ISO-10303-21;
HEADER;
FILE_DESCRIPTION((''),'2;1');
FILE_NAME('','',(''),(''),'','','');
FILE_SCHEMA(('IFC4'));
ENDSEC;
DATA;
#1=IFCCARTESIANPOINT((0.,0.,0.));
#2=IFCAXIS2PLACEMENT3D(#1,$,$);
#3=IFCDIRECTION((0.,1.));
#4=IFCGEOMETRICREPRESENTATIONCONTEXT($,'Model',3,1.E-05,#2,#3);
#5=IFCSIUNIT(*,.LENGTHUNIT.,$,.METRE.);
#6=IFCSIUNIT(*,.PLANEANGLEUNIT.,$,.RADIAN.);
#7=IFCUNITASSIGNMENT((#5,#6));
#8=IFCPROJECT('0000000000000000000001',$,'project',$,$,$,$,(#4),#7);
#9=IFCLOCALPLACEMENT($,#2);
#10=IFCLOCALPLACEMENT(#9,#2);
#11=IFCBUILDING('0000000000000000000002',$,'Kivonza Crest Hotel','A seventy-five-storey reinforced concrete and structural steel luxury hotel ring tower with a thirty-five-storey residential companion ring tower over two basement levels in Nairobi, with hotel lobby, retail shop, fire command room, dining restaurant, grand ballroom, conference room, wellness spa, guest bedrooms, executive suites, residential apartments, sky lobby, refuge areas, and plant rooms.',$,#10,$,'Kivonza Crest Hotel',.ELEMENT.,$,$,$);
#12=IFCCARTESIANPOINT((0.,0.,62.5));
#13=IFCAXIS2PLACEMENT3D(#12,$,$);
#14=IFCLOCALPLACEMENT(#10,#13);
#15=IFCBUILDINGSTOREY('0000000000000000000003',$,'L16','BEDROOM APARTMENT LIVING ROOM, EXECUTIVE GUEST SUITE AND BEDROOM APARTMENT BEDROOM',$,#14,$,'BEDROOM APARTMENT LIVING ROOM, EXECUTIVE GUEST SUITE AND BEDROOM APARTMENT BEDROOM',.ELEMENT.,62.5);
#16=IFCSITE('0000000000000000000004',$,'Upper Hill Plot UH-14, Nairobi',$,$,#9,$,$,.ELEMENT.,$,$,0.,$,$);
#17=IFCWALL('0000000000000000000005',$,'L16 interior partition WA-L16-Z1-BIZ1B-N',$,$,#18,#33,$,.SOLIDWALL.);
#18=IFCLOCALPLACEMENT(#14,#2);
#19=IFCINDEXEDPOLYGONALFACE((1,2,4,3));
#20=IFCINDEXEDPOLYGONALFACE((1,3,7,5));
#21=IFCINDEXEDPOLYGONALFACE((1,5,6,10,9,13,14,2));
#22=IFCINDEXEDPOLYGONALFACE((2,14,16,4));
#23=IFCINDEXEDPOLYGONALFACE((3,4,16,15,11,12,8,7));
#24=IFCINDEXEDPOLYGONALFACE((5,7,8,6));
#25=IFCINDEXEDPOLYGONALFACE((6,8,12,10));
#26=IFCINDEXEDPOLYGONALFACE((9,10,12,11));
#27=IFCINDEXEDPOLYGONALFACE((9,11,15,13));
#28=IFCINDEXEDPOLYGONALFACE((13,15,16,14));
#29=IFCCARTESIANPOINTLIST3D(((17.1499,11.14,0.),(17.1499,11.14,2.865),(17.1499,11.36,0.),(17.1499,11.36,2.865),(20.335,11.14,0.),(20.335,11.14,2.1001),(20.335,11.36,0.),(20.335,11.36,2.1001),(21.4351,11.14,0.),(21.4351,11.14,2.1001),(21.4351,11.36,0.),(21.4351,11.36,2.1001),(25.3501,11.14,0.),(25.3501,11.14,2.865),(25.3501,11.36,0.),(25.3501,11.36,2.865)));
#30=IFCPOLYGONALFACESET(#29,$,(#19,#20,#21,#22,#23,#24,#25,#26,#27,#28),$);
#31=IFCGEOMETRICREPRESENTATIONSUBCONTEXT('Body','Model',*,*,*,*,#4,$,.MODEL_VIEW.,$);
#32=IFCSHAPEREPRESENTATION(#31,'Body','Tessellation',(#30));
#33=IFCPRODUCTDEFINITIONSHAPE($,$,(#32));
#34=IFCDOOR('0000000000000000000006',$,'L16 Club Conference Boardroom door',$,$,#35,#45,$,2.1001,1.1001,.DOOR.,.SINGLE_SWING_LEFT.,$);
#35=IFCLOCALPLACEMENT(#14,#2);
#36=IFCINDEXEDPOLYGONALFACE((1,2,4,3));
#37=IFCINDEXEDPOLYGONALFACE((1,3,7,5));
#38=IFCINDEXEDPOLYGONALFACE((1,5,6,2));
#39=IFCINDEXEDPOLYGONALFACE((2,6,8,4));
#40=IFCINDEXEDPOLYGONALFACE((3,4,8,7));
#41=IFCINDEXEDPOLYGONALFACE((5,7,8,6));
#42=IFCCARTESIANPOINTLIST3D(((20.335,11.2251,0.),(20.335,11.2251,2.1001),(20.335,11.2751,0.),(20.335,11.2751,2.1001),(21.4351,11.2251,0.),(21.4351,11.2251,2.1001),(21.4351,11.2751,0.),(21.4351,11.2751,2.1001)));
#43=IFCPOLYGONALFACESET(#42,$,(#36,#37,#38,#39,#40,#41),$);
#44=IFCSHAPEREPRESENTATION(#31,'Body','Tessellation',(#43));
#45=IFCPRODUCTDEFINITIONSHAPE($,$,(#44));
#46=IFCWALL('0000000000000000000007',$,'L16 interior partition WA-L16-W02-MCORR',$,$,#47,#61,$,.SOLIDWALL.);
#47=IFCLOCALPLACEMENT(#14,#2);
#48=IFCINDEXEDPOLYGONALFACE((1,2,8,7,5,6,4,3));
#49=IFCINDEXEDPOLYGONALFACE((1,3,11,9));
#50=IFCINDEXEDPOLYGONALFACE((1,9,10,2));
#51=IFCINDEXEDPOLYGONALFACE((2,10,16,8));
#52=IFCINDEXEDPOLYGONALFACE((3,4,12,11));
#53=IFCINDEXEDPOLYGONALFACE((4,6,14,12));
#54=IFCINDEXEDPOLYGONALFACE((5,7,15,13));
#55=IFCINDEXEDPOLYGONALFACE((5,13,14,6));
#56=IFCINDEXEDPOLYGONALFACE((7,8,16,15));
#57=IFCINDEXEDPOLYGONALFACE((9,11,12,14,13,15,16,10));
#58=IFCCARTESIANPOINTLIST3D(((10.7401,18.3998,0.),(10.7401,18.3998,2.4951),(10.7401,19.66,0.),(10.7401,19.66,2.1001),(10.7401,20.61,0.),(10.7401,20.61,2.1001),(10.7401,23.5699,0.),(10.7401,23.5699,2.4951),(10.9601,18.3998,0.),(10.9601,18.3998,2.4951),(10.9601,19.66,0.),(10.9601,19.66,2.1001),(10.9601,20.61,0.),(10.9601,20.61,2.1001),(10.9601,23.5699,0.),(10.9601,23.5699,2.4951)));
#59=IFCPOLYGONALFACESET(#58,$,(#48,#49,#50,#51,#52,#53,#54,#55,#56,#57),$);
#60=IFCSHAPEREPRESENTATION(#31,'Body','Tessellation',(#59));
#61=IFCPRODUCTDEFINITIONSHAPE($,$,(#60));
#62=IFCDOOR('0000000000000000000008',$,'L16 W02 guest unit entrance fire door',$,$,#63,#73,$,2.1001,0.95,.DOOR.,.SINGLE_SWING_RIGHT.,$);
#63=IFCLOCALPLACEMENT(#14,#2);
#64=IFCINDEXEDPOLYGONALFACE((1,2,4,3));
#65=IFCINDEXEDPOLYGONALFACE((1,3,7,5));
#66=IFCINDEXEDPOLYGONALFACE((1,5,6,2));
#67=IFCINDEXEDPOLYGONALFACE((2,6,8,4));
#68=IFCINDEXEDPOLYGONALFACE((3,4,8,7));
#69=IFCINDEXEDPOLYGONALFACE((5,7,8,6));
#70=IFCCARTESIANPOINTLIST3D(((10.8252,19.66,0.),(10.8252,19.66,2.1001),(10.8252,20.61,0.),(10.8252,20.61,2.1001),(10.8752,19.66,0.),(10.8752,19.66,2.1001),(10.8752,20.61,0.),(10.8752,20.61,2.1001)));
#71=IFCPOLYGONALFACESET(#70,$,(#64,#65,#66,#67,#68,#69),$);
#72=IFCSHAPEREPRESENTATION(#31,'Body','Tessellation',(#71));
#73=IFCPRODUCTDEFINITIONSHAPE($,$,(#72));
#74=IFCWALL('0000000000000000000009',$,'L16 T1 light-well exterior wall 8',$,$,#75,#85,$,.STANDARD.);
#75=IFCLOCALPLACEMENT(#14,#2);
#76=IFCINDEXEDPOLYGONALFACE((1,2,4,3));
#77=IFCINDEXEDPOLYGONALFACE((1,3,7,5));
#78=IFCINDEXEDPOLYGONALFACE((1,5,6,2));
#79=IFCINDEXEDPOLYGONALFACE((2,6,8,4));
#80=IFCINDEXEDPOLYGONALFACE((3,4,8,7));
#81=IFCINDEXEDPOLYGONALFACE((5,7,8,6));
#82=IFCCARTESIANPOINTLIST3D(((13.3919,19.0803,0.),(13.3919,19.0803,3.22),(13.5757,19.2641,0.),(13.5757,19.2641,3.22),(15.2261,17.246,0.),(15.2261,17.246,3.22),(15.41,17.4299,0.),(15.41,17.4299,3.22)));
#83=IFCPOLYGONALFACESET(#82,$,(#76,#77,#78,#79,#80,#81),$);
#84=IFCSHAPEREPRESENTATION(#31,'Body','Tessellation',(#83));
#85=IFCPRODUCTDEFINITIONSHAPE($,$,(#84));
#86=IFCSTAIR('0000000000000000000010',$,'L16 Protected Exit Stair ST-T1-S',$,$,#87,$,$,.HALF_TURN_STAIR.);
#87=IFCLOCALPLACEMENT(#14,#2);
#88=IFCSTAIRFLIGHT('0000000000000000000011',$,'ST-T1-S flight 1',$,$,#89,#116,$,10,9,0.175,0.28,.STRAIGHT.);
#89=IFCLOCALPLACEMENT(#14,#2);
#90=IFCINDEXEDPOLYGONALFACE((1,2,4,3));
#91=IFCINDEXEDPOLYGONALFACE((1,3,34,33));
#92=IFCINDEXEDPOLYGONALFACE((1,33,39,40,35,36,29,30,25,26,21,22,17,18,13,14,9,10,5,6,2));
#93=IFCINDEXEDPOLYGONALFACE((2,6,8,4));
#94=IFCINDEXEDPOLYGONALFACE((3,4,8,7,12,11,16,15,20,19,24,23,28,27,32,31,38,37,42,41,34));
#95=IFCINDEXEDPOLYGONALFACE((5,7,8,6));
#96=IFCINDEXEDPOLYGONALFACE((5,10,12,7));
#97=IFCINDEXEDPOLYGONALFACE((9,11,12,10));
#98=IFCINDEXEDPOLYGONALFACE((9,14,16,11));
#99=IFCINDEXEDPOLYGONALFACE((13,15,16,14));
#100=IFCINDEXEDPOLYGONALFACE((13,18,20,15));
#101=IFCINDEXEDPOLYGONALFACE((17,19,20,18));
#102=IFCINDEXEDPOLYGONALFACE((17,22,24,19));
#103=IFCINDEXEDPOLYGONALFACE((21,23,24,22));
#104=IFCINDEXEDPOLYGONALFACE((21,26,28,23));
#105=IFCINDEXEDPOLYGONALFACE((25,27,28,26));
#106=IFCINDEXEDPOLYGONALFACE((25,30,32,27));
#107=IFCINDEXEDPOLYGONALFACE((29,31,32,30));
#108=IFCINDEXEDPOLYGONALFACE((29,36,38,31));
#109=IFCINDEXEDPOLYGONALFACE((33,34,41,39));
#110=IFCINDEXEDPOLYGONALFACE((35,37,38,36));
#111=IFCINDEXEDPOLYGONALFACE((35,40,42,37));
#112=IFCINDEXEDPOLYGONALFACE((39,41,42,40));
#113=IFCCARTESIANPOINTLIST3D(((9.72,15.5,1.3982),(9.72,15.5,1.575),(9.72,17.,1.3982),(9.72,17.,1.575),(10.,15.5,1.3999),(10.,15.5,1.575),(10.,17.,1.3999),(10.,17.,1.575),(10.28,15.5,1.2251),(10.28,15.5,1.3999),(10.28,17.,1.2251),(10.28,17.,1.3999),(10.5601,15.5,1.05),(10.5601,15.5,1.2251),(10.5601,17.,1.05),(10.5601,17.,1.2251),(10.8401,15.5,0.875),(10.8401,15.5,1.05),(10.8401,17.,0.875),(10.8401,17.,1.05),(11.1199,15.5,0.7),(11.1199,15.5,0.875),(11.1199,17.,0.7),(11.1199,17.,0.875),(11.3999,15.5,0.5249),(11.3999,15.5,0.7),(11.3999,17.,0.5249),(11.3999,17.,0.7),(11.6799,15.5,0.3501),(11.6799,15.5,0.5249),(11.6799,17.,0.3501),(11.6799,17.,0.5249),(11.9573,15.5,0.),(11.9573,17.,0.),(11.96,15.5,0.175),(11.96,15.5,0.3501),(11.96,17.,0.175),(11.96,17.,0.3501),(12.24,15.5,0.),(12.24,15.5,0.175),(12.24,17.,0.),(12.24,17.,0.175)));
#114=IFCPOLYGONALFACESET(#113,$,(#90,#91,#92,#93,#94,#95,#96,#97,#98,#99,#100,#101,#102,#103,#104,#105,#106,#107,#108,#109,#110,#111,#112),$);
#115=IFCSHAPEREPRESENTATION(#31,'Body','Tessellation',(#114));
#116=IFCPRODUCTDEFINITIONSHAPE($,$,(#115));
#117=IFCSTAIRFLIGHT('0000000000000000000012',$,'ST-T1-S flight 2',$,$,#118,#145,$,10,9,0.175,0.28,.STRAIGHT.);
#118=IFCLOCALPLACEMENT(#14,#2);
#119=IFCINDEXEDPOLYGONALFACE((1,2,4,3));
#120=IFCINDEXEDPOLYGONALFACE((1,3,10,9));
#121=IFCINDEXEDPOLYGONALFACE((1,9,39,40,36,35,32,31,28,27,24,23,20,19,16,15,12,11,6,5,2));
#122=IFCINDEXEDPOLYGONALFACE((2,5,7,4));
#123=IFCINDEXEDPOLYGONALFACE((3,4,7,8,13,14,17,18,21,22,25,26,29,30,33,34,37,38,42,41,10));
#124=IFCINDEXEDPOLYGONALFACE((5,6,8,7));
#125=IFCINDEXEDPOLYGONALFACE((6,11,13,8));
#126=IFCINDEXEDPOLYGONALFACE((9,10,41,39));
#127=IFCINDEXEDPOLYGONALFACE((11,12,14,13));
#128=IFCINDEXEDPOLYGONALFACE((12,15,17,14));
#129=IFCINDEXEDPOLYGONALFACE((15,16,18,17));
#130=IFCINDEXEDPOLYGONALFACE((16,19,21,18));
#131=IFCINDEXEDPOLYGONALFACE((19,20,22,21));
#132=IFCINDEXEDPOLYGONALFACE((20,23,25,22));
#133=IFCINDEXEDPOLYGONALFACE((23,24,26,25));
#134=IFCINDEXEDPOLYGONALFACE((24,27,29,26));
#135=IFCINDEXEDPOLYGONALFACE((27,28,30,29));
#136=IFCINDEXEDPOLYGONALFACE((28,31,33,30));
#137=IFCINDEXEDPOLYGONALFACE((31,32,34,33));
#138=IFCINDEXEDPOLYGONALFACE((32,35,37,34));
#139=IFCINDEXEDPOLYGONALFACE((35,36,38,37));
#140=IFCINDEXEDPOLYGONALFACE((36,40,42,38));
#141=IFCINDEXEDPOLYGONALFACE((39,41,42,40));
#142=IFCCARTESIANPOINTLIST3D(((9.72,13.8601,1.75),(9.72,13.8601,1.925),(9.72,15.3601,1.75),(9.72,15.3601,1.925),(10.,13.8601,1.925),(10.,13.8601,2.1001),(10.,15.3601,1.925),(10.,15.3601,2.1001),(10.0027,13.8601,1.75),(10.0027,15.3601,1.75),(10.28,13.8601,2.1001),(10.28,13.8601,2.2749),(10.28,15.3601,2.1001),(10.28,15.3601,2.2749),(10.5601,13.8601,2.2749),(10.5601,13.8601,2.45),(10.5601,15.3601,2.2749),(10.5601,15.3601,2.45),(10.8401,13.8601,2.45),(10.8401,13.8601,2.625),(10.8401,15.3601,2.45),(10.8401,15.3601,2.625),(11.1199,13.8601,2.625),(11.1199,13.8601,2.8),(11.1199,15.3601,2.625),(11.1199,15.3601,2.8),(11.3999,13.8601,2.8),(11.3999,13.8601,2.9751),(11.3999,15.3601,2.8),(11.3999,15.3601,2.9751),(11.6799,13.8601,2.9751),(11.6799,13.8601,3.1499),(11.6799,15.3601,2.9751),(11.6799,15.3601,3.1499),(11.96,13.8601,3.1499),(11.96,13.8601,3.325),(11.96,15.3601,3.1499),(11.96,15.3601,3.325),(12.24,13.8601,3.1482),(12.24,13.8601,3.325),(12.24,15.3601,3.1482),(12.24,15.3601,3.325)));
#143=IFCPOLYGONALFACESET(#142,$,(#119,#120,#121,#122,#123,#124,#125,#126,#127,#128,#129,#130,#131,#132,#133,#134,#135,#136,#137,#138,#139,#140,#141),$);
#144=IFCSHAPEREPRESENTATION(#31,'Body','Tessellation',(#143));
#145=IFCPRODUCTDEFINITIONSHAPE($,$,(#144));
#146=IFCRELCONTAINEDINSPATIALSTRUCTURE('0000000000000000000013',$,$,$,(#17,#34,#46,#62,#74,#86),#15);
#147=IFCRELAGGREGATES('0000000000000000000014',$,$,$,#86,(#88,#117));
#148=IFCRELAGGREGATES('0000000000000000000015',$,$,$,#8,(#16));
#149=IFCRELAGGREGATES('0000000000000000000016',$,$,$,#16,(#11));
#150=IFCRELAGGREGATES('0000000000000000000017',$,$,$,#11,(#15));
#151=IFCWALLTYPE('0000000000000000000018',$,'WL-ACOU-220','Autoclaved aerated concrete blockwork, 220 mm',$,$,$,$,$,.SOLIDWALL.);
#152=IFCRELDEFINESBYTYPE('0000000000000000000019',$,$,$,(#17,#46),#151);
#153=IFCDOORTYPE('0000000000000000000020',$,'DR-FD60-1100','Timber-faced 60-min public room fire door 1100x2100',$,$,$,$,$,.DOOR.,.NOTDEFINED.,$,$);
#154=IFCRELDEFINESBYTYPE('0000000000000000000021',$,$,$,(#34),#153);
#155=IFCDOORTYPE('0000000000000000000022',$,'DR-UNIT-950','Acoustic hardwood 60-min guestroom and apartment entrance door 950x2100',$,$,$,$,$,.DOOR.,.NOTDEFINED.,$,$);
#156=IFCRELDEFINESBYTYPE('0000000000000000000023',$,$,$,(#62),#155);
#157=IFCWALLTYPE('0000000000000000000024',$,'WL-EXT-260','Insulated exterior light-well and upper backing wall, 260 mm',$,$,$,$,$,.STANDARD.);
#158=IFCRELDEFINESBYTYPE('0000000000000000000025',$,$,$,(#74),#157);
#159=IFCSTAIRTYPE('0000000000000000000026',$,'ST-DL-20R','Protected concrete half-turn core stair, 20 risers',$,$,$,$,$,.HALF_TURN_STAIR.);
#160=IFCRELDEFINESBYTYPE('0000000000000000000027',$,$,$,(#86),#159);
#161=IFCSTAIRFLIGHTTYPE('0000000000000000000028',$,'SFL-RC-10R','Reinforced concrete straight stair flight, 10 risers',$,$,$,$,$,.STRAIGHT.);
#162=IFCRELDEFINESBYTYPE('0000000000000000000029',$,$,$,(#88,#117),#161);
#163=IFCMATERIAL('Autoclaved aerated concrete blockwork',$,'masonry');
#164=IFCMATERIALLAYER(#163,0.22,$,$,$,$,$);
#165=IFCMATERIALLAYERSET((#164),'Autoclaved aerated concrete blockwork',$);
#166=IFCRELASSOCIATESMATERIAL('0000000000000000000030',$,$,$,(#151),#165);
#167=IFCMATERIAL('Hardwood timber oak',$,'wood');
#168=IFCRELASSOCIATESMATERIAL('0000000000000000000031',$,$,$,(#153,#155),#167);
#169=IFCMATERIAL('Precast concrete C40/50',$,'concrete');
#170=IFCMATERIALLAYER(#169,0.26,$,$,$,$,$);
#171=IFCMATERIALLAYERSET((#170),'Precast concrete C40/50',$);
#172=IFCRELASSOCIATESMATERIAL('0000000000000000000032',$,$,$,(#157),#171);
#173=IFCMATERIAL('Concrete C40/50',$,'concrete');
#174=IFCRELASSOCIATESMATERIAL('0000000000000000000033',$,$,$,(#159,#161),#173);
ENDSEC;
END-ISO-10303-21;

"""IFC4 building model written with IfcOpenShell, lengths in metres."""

from ifc_helpers import new_model, si_unit, direction, frame, frame_2d, origin, place, context, subcontext, project, spatial, polyline, rectangle, outline, extrude, material, layer, layer_set, type_object, element, fill, aggregate, save


model = new_model("IFC4")

# Units and contexts
model_context = context("Model", 3, precision=1e-05, world=origin(), true_north=direction((0.0, 1.0)))
body_context = subcontext(model_context, "Body", "Model", "MODEL_VIEW")
ifc_project = project(units=[si_unit("LENGTHUNIT", "METRE"), si_unit("PLANEANGLEUNIT", "RADIAN")], contexts=[model_context])

# Site, building, storey
site_placement = place(None, origin())
site = spatial("IfcSite", under=ifc_project, at=site_placement, Name="Upper Hill Plot UH-14, Nairobi", CompositionType="ELEMENT", RefElevation=0.0)
building_placement = place(site_placement, origin())
building = spatial("IfcBuilding", under=site, at=building_placement, Name="Kivonza Crest Hotel", Description="A seventy-five-storey reinforced concrete and structural steel luxury hotel ring tower with a thirty-five-storey residential companion ring tower over two basement levels in Nairobi, with hotel lobby, retail shop, fire command room, dining restaurant, grand ballroom, conference room, wellness spa, guest bedrooms, executive suites, residential apartments, sky lobby, refuge areas, and plant rooms.", LongName="Kivonza Crest Hotel", CompositionType="ELEMENT")
storey_placement = place(building_placement, frame((0.0, 0.0, 62.5)))
storey = spatial("IfcBuildingStorey", under=building, at=storey_placement, Name="L16", Description="BEDROOM APARTMENT LIVING ROOM, EXECUTIVE GUEST SUITE AND BEDROOM APARTMENT BEDROOM", LongName="BEDROOM APARTMENT LIVING ROOM, EXECUTIVE GUEST SUITE AND BEDROOM APARTMENT BEDROOM", CompositionType="ELEMENT", Elevation=62.5)

# Walls, openings, doors
ifc_material_1 = material(Name="Autoclaved aerated concrete blockwork", Category="masonry")
ifc_layer_1 = layer(ifc_material_1, 0.22)
ifc_layer_set_1 = layer_set([ifc_layer_1], Name="Autoclaved aerated concrete blockwork")
wall_type_1 = type_object("IfcWallType", Name="WL-ACOU-220", Description="Autoclaved aerated concrete blockwork, 220 mm", PredefinedType="SOLIDWALL", material=ifc_layer_set_1)
wall_1_placement = place(storey_placement, frame((17.1499, 11.25, 0.0), z_axis=(0.0, 0.0, 1.0), x_axis=(1.0, 0.0, 0.0)))
wall_1 = element("IfcWall", 1, at=wall_1_placement, inside=storey, type_object=wall_type_1, Name="L16 interior partition WA-L16-Z1-BIZ1B-N", PredefinedType="SOLIDWALL", context=body_context, shape_type="SweptSolid", body=[
    extrude(rectangle(XDim=8.2002, YDim=0.22, at=frame_2d((4.1001, 0.0))), origin(), (0.0, 0.0, 1.0), 2.865),
])
opening_1_placement = place(wall_1_placement, frame((3.1851, 0.0, 0.0)))
opening_1 = element("IfcOpeningElement", 2, at=opening_1_placement, cuts=wall_1, PredefinedType="OPENING", context=body_context, shape_type="SweptSolid", body=[
    extrude(rectangle(XDim=1.1001, YDim=2.1001, at=frame_2d((0.55, 1.05))), frame((0.0, 0.1201, 0.0), z_axis=(0.0, -1.0, 0.0), x_axis=(1.0, 0.0, 0.0)), (0.0, 0.0, 1.0), 0.24),
])
ifc_material_2 = material(Name="Hardwood timber oak", Category="wood")
door_type_1 = type_object("IfcDoorType", Name="DR-FD60-1100", Description="Timber-faced 60-min public room fire door 1100x2100", OperationType="NOTDEFINED", PredefinedType="DOOR", material=ifc_material_2)
door_1_placement = place(opening_1_placement, frame((1.1001, 0.0, 0.0), z_axis=(0.0, 0.0, 1.0), x_axis=(-1.0, 0.0, 0.0)))
door_1 = element("IfcDoor", 3, at=door_1_placement, inside=storey, type_object=door_type_1, Name="L16 Club Conference Boardroom door", OperationType="SINGLE_SWING_LEFT", OverallHeight=2.1001, OverallWidth=1.1001, PredefinedType="DOOR", context=body_context, shape_type="SweptSolid", body=[
    extrude(rectangle(XDim=1.1001, YDim=2.1001, at=frame_2d((0.55, 1.05))), frame((0.0, 0.0249, 0.0), z_axis=(0.0, -1.0, 0.0), x_axis=(1.0, 0.0, 0.0)), (0.0, 0.0, 1.0), 0.05),
])
fill(opening_1, door_1)
wall_2_placement = place(storey_placement, frame((10.8501, 18.3999, 0.0), z_axis=(0.0, 0.0, 1.0), x_axis=(0.0, 1.0, 0.0)))
wall_2 = element("IfcWall", 4, at=wall_2_placement, inside=storey, type_object=wall_type_1, Name="L16 interior partition WA-L16-W02-MCORR", PredefinedType="SOLIDWALL", context=body_context, shape_type="SweptSolid", body=[
    extrude(rectangle(XDim=5.1702, YDim=0.22, at=frame_2d((2.585, 0.0))), origin(), (0.0, 0.0, 1.0), 2.4951),
])
opening_2_placement = place(wall_2_placement, frame((1.26, 0.0, 0.0)))
opening_2 = element("IfcOpeningElement", 5, at=opening_2_placement, cuts=wall_2, PredefinedType="OPENING", context=body_context, shape_type="SweptSolid", body=[
    extrude(rectangle(XDim=0.95, YDim=2.1001, at=frame_2d((0.4751, 1.05))), frame((0.0, 0.1201, 0.0), z_axis=(0.0, -1.0, 0.0), x_axis=(1.0, 0.0, 0.0)), (0.0, 0.0, 1.0), 0.24),
])
door_type_2 = type_object("IfcDoorType", Name="DR-UNIT-950", Description="Acoustic hardwood 60-min guestroom and apartment entrance door 950x2100", OperationType="NOTDEFINED", PredefinedType="DOOR", material=ifc_material_2)
door_2_placement = place(opening_2_placement, origin())
door_2 = element("IfcDoor", 6, at=door_2_placement, inside=storey, type_object=door_type_2, Name="L16 W02 guest unit entrance fire door", OperationType="SINGLE_SWING_RIGHT", OverallHeight=2.1001, OverallWidth=0.95, PredefinedType="DOOR", context=body_context, shape_type="SweptSolid", body=[
    extrude(rectangle(XDim=0.95, YDim=2.1001, at=frame_2d((0.4751, 1.05))), frame((0.0, 0.0249, 0.0), z_axis=(0.0, -1.0, 0.0), x_axis=(1.0, 0.0, 0.0)), (0.0, 0.0, 1.0), 0.05),
])
fill(opening_2, door_2)

# Wall
ifc_material_3 = material(Name="Precast concrete C40/50", Category="concrete")
ifc_layer_2 = layer(ifc_material_3, 0.26)
ifc_layer_set_2 = layer_set([ifc_layer_2], Name="Precast concrete C40/50")
wall_type_2 = type_object("IfcWallType", Name="WL-EXT-260", Description="Insulated exterior light-well and upper backing wall, 260 mm", PredefinedType="STANDARD", material=ifc_layer_set_2)
wall_3_placement = place(storey_placement, frame((13.4839, 19.1721, 0.0), z_axis=(0.0, 0.0, 1.0), x_axis=(0.707107, -0.707107, 0.0)))
element("IfcWall", 7, at=wall_3_placement, inside=storey, type_object=wall_type_2, Name="L16 T1 light-well exterior wall 8", PredefinedType="STANDARD", context=body_context, shape_type="SweptSolid", body=[
    extrude(rectangle(XDim=2.594, YDim=0.26, at=frame_2d((1.2969, 0.0))), origin(), (0.0, 0.0, 1.0), 3.22),
])

# Stair, stair flights
ifc_material_4 = material(Name="Concrete C40/50", Category="concrete")
stair_type = type_object("IfcStairType", Name="ST-DL-20R", Description="Protected concrete half-turn core stair, 20 risers", PredefinedType="HALF_TURN_STAIR", material=ifc_material_4)
stair_placement = place(storey_placement, origin())
stair = element("IfcStair", 8, at=stair_placement, inside=storey, type_object=stair_type, Name="L16 Protected Exit Stair ST-T1-S", PredefinedType="HALF_TURN_STAIR")
stair_flight_type = type_object("IfcStairFlightType", Name="SFL-RC-10R", Description="Reinforced concrete straight stair flight, 10 risers", PredefinedType="STRAIGHT", material=ifc_material_4)
stair_flight_1_placement = place(storey_placement, frame((12.24, 16.25, 0.0), z_axis=(0.0, 0.0, 1.0), x_axis=(-1.0, 0.0, 0.0)))
stair_flight_1 = element("IfcStairFlight", 9, at=stair_flight_1_placement, type_object=stair_flight_type, Name="ST-T1-S flight 1", NumberOfRisers=10, NumberOfTreads=9, PredefinedType="STRAIGHT", RiserHeight=0.175, TreadLength=0.28, context=body_context, shape_type="SweptSolid", body=[
    extrude(outline(polyline([(0.0, 0.0), (0.0, 0.175), (0.28, 0.175), (0.28, 0.3501), (0.5601, 0.3501), (0.5601, 0.5249), (0.8401, 0.5249), (0.8401, 0.7), (1.1201, 0.7), (1.1201, 0.875), (1.3999, 0.875), (1.3999, 1.05), (1.6799, 1.05), (1.6799, 1.2251), (1.96, 1.2251), (1.96, 1.3999), (2.24, 1.3999), (2.24, 1.575), (2.52, 1.575), (2.52, 1.75), (2.52, 1.3982), (0.2827, 0.0), (0.0, 0.0)])), frame((0.0, 0.75, 0.0), z_axis=(0.0, -1.0, 0.0), x_axis=(1.0, 0.0, 0.0)), (0.0, 0.0, 1.0), 1.5),
])
stair_flight_2_placement = place(storey_placement, frame((9.72, 14.6101, 1.75), z_axis=(0.0, 0.0, 1.0), x_axis=(1.0, 0.0, 0.0)))
stair_flight_2 = element("IfcStairFlight", 10, at=stair_flight_2_placement, type_object=stair_flight_type, Name="ST-T1-S flight 2", NumberOfRisers=10, NumberOfTreads=9, PredefinedType="STRAIGHT", RiserHeight=0.175, TreadLength=0.28, context=body_context, shape_type="SweptSolid", body=[
    extrude(outline(polyline([(0.0, 0.0), (0.0, 0.175), (0.28, 0.175), (0.28, 0.3501), (0.5601, 0.3501), (0.5601, 0.5249), (0.8401, 0.5249), (0.8401, 0.7), (1.1201, 0.7), (1.1201, 0.875), (1.3999, 0.875), (1.3999, 1.05), (1.6799, 1.05), (1.6799, 1.2251), (1.96, 1.2251), (1.96, 1.3999), (2.24, 1.3999), (2.24, 1.575), (2.52, 1.575), (2.52, 1.75), (2.52, 1.3982), (0.2827, 0.0), (0.0, 0.0)])), frame((0.0, 0.75, 0.0), z_axis=(0.0, -1.0, 0.0), x_axis=(1.0, 0.0, 0.0)), (0.0, 0.0, 1.0), 1.5),
])
aggregate(stair, [stair_flight_1, stair_flight_2])

save(model, "model.ifc")
